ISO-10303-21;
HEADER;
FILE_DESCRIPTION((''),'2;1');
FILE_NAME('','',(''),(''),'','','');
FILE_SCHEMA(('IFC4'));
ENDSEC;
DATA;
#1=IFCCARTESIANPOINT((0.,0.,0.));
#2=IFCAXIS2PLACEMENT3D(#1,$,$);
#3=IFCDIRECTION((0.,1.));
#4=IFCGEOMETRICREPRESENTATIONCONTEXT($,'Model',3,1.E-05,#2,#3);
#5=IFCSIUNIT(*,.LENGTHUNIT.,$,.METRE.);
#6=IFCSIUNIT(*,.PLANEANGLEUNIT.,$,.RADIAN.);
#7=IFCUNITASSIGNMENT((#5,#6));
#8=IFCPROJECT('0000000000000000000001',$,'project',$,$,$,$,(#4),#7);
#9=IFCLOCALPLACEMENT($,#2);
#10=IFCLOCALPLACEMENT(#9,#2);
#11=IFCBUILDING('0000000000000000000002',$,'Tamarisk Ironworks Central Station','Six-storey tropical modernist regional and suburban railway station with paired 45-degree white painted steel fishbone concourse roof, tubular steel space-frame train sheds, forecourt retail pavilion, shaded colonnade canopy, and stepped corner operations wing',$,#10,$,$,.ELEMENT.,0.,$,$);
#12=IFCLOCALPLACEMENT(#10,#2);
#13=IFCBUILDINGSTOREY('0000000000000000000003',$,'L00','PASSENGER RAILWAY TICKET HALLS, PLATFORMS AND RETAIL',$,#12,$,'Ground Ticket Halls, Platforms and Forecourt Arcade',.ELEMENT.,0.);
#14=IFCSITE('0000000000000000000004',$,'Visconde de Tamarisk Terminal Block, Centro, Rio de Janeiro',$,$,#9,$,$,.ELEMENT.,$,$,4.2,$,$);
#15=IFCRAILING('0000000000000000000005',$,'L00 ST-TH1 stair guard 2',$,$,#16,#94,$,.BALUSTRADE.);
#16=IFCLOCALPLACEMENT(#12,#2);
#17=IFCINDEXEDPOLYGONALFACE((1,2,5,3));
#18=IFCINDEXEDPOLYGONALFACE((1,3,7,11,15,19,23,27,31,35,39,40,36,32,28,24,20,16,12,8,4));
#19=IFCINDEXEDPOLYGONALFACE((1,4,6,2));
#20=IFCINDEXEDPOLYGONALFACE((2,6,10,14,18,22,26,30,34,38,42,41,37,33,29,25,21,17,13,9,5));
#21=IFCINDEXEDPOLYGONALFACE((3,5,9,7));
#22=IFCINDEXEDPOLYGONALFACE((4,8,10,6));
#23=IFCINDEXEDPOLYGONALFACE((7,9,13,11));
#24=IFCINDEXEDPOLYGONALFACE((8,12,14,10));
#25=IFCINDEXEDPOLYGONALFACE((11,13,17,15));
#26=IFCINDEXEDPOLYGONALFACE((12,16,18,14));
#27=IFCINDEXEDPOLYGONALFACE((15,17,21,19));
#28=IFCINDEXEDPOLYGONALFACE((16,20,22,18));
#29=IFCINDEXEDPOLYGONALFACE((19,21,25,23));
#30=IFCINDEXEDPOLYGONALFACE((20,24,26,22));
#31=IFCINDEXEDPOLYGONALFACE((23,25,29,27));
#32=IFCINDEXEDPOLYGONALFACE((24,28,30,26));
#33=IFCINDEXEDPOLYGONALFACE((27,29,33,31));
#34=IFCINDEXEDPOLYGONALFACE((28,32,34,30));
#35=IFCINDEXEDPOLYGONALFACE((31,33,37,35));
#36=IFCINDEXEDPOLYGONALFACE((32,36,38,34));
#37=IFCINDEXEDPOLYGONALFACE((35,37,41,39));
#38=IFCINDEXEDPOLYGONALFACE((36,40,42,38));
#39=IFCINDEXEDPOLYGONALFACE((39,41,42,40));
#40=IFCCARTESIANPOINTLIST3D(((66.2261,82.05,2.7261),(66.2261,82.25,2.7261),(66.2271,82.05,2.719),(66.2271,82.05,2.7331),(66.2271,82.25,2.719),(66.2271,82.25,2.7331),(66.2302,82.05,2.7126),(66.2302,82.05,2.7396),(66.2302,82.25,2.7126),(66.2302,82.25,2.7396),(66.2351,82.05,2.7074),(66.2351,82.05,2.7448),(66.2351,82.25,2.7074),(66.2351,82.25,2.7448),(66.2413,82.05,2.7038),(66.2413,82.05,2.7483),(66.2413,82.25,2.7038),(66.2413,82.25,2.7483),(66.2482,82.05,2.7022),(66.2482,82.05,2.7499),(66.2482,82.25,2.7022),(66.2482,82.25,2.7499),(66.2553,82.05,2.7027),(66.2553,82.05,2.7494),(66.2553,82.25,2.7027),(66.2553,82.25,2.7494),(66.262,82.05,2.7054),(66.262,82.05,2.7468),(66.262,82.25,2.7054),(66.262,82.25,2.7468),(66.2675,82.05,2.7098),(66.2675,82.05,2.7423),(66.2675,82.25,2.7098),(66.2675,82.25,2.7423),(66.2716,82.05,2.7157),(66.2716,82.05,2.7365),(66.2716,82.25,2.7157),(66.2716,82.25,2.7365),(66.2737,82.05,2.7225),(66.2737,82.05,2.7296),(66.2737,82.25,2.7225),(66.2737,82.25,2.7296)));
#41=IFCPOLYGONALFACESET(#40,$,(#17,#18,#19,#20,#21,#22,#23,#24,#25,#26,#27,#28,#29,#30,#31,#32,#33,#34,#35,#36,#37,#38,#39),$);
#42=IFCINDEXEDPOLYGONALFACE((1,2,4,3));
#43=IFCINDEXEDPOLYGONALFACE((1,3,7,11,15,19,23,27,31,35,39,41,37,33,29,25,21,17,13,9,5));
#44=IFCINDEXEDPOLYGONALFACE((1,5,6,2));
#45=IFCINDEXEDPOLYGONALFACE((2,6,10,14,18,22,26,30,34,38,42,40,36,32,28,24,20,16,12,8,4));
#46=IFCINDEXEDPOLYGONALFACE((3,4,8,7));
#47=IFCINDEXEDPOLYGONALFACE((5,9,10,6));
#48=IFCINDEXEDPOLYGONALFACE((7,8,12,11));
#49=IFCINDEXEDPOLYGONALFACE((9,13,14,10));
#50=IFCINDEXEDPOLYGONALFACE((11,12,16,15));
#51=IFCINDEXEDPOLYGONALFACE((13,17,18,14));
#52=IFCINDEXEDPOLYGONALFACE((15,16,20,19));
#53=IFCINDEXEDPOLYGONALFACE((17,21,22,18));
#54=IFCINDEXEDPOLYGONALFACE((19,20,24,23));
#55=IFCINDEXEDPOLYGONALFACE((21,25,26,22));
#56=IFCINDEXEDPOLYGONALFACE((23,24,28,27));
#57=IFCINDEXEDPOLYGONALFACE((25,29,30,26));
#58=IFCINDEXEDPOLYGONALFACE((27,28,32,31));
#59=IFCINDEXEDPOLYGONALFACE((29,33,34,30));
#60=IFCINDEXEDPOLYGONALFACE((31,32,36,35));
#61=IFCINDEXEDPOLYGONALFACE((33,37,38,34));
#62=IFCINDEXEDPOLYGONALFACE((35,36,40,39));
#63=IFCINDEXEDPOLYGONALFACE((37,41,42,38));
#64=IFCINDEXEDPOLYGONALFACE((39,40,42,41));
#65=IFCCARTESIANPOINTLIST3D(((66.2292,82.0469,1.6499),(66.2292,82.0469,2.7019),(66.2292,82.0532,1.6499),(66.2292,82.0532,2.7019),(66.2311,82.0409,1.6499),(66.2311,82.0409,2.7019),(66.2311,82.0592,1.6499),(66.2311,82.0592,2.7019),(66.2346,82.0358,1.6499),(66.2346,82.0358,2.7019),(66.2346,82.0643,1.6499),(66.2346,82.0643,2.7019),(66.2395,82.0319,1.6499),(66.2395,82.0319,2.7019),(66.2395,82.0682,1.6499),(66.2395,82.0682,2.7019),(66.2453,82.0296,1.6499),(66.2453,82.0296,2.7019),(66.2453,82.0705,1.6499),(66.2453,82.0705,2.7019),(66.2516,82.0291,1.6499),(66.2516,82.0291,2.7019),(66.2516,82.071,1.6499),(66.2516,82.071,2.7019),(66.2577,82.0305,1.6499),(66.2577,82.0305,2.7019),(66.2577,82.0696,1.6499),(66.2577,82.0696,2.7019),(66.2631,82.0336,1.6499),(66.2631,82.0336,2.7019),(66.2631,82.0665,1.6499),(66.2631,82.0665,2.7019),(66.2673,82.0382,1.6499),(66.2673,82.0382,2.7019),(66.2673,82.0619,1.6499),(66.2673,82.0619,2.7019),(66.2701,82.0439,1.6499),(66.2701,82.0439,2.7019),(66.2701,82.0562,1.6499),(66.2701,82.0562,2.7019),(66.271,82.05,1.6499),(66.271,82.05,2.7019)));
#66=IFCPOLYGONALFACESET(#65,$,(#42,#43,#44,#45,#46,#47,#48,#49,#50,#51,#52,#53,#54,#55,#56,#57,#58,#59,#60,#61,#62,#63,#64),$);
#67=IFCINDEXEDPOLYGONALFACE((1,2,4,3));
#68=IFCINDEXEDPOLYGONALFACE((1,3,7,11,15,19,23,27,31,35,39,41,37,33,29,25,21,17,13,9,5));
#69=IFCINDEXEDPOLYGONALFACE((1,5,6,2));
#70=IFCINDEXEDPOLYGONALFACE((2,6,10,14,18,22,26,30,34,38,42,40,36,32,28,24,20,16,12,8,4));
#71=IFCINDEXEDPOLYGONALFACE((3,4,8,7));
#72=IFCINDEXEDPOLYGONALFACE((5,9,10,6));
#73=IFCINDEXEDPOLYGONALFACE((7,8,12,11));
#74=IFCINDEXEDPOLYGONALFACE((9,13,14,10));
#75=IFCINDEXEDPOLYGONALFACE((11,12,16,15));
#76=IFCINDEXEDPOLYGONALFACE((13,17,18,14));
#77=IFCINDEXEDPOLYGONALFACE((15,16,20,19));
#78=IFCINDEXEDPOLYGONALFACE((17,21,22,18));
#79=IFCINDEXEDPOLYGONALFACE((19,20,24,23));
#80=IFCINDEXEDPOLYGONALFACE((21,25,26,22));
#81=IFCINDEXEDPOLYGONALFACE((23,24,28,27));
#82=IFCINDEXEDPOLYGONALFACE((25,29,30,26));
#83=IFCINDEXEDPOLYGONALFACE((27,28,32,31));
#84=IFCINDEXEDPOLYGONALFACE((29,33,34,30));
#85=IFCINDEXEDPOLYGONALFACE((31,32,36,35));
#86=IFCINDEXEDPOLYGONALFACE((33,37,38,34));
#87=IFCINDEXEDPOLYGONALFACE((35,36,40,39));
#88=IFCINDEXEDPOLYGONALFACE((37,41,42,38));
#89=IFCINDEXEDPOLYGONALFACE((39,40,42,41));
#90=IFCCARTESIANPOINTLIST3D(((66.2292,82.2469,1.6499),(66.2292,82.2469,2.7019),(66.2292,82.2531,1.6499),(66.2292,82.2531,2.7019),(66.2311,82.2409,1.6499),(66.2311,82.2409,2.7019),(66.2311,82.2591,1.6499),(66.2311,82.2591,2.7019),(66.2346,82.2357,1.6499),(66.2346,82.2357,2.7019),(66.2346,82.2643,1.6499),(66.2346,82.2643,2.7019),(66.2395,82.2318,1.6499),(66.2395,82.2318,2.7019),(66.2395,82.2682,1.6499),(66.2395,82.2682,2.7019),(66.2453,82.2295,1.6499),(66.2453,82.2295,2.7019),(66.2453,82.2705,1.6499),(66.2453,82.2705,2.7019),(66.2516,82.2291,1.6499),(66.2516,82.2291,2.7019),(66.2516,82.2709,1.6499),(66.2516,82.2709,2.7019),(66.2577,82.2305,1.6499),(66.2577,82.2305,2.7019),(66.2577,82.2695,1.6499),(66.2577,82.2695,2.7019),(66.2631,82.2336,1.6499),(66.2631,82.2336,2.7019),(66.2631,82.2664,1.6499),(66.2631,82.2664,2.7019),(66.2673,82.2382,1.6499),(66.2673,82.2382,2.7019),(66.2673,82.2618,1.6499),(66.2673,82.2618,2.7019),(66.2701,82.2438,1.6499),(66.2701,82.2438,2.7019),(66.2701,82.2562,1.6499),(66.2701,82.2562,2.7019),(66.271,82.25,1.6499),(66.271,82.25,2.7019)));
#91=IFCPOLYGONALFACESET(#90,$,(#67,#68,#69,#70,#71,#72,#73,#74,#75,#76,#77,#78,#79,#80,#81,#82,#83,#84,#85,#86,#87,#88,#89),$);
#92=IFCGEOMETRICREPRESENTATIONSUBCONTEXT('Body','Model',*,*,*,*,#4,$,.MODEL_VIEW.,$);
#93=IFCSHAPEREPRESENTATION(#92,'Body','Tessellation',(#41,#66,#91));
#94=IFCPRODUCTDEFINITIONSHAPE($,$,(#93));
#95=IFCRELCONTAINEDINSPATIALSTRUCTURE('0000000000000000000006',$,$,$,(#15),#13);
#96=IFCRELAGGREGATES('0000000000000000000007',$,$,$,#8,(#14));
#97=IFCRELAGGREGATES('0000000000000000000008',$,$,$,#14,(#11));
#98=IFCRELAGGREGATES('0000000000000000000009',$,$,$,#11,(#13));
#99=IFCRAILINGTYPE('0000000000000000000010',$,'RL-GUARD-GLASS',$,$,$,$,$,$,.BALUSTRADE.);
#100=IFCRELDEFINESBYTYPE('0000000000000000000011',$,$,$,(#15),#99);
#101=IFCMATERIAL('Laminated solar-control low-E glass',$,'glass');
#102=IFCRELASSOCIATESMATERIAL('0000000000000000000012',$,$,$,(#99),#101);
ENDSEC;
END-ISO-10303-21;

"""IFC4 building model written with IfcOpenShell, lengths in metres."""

from ifc_helpers import new_model, si_unit, direction, frame, origin, origin_2d, place, context, subcontext, project, spatial, circle, extrude, material, type_object, element, save


model = new_model("IFC4")

# Units and contexts
model_context = context("Model", 3, precision=1e-05, world=origin(), true_north=direction((0.0, 1.0)))
body_context = subcontext(model_context, "Body", "Model", "MODEL_VIEW")
ifc_project = project(units=[si_unit("LENGTHUNIT", "METRE"), si_unit("PLANEANGLEUNIT", "RADIAN")], contexts=[model_context])

# Site, building, storey
site_placement = place(None, origin())
site = spatial("IfcSite", under=ifc_project, at=site_placement, Name="Visconde de Tamarisk Terminal Block, Centro, Rio de Janeiro", CompositionType="ELEMENT", RefElevation=4.2)
building_placement = place(site_placement, origin())
building = spatial("IfcBuilding", under=site, at=building_placement, Name="Tamarisk Ironworks Central Station", Description="Six-storey tropical modernist regional and suburban railway station with paired 45-degree white painted steel fishbone concourse roof, tubular steel space-frame train sheds, forecourt retail pavilion, shaded colonnade canopy, and stepped corner operations wing", CompositionType="ELEMENT", ElevationOfRefHeight=0.0)
storey_placement = place(building_placement, origin())
storey = spatial("IfcBuildingStorey", under=building, at=storey_placement, Name="L00", Description="PASSENGER RAILWAY TICKET HALLS, PLATFORMS AND RETAIL", LongName="Ground Ticket Halls, Platforms and Forecourt Arcade", CompositionType="ELEMENT", Elevation=0.0)

# Shared definitions
ifc_material_1 = material(Name="Laminated solar-control low-E glass", Category="glass")

# Railing
railing_type_1 = type_object("IfcRailingType", Name="RL-GUARD-GLASS", PredefinedType="BALUSTRADE", material=ifc_material_1)
railing_1_placement = place(storey_placement, frame((66.25, 82.05, 1.6499)))
element("IfcRailing", 1, at=railing_1_placement, inside=storey, type_object=railing_type_1, Name="L00 ST-TH1 stair guard 2", PredefinedType="BALUSTRADE", context=body_context, shape_type="SweptSolid", body=[
    extrude(circle(Radius=0.0239, at=origin_2d()), frame((0.0, 0.0, 1.0762), z_axis=(0.0, 1.0, 0.0), x_axis=(-1.0, 0.0, 0.0)), (0.0, 0.0, 1.0), 0.2),
    extrude(circle(Radius=0.021, at=origin_2d()), origin(), (0.0, 0.0, 1.0), 1.052),
    extrude(circle(Radius=0.021, at=origin_2d()), frame((0.0, 0.2, 0.0)), (0.0, 0.0, 1.0), 1.052),
])

save(model, "model.ifc")
